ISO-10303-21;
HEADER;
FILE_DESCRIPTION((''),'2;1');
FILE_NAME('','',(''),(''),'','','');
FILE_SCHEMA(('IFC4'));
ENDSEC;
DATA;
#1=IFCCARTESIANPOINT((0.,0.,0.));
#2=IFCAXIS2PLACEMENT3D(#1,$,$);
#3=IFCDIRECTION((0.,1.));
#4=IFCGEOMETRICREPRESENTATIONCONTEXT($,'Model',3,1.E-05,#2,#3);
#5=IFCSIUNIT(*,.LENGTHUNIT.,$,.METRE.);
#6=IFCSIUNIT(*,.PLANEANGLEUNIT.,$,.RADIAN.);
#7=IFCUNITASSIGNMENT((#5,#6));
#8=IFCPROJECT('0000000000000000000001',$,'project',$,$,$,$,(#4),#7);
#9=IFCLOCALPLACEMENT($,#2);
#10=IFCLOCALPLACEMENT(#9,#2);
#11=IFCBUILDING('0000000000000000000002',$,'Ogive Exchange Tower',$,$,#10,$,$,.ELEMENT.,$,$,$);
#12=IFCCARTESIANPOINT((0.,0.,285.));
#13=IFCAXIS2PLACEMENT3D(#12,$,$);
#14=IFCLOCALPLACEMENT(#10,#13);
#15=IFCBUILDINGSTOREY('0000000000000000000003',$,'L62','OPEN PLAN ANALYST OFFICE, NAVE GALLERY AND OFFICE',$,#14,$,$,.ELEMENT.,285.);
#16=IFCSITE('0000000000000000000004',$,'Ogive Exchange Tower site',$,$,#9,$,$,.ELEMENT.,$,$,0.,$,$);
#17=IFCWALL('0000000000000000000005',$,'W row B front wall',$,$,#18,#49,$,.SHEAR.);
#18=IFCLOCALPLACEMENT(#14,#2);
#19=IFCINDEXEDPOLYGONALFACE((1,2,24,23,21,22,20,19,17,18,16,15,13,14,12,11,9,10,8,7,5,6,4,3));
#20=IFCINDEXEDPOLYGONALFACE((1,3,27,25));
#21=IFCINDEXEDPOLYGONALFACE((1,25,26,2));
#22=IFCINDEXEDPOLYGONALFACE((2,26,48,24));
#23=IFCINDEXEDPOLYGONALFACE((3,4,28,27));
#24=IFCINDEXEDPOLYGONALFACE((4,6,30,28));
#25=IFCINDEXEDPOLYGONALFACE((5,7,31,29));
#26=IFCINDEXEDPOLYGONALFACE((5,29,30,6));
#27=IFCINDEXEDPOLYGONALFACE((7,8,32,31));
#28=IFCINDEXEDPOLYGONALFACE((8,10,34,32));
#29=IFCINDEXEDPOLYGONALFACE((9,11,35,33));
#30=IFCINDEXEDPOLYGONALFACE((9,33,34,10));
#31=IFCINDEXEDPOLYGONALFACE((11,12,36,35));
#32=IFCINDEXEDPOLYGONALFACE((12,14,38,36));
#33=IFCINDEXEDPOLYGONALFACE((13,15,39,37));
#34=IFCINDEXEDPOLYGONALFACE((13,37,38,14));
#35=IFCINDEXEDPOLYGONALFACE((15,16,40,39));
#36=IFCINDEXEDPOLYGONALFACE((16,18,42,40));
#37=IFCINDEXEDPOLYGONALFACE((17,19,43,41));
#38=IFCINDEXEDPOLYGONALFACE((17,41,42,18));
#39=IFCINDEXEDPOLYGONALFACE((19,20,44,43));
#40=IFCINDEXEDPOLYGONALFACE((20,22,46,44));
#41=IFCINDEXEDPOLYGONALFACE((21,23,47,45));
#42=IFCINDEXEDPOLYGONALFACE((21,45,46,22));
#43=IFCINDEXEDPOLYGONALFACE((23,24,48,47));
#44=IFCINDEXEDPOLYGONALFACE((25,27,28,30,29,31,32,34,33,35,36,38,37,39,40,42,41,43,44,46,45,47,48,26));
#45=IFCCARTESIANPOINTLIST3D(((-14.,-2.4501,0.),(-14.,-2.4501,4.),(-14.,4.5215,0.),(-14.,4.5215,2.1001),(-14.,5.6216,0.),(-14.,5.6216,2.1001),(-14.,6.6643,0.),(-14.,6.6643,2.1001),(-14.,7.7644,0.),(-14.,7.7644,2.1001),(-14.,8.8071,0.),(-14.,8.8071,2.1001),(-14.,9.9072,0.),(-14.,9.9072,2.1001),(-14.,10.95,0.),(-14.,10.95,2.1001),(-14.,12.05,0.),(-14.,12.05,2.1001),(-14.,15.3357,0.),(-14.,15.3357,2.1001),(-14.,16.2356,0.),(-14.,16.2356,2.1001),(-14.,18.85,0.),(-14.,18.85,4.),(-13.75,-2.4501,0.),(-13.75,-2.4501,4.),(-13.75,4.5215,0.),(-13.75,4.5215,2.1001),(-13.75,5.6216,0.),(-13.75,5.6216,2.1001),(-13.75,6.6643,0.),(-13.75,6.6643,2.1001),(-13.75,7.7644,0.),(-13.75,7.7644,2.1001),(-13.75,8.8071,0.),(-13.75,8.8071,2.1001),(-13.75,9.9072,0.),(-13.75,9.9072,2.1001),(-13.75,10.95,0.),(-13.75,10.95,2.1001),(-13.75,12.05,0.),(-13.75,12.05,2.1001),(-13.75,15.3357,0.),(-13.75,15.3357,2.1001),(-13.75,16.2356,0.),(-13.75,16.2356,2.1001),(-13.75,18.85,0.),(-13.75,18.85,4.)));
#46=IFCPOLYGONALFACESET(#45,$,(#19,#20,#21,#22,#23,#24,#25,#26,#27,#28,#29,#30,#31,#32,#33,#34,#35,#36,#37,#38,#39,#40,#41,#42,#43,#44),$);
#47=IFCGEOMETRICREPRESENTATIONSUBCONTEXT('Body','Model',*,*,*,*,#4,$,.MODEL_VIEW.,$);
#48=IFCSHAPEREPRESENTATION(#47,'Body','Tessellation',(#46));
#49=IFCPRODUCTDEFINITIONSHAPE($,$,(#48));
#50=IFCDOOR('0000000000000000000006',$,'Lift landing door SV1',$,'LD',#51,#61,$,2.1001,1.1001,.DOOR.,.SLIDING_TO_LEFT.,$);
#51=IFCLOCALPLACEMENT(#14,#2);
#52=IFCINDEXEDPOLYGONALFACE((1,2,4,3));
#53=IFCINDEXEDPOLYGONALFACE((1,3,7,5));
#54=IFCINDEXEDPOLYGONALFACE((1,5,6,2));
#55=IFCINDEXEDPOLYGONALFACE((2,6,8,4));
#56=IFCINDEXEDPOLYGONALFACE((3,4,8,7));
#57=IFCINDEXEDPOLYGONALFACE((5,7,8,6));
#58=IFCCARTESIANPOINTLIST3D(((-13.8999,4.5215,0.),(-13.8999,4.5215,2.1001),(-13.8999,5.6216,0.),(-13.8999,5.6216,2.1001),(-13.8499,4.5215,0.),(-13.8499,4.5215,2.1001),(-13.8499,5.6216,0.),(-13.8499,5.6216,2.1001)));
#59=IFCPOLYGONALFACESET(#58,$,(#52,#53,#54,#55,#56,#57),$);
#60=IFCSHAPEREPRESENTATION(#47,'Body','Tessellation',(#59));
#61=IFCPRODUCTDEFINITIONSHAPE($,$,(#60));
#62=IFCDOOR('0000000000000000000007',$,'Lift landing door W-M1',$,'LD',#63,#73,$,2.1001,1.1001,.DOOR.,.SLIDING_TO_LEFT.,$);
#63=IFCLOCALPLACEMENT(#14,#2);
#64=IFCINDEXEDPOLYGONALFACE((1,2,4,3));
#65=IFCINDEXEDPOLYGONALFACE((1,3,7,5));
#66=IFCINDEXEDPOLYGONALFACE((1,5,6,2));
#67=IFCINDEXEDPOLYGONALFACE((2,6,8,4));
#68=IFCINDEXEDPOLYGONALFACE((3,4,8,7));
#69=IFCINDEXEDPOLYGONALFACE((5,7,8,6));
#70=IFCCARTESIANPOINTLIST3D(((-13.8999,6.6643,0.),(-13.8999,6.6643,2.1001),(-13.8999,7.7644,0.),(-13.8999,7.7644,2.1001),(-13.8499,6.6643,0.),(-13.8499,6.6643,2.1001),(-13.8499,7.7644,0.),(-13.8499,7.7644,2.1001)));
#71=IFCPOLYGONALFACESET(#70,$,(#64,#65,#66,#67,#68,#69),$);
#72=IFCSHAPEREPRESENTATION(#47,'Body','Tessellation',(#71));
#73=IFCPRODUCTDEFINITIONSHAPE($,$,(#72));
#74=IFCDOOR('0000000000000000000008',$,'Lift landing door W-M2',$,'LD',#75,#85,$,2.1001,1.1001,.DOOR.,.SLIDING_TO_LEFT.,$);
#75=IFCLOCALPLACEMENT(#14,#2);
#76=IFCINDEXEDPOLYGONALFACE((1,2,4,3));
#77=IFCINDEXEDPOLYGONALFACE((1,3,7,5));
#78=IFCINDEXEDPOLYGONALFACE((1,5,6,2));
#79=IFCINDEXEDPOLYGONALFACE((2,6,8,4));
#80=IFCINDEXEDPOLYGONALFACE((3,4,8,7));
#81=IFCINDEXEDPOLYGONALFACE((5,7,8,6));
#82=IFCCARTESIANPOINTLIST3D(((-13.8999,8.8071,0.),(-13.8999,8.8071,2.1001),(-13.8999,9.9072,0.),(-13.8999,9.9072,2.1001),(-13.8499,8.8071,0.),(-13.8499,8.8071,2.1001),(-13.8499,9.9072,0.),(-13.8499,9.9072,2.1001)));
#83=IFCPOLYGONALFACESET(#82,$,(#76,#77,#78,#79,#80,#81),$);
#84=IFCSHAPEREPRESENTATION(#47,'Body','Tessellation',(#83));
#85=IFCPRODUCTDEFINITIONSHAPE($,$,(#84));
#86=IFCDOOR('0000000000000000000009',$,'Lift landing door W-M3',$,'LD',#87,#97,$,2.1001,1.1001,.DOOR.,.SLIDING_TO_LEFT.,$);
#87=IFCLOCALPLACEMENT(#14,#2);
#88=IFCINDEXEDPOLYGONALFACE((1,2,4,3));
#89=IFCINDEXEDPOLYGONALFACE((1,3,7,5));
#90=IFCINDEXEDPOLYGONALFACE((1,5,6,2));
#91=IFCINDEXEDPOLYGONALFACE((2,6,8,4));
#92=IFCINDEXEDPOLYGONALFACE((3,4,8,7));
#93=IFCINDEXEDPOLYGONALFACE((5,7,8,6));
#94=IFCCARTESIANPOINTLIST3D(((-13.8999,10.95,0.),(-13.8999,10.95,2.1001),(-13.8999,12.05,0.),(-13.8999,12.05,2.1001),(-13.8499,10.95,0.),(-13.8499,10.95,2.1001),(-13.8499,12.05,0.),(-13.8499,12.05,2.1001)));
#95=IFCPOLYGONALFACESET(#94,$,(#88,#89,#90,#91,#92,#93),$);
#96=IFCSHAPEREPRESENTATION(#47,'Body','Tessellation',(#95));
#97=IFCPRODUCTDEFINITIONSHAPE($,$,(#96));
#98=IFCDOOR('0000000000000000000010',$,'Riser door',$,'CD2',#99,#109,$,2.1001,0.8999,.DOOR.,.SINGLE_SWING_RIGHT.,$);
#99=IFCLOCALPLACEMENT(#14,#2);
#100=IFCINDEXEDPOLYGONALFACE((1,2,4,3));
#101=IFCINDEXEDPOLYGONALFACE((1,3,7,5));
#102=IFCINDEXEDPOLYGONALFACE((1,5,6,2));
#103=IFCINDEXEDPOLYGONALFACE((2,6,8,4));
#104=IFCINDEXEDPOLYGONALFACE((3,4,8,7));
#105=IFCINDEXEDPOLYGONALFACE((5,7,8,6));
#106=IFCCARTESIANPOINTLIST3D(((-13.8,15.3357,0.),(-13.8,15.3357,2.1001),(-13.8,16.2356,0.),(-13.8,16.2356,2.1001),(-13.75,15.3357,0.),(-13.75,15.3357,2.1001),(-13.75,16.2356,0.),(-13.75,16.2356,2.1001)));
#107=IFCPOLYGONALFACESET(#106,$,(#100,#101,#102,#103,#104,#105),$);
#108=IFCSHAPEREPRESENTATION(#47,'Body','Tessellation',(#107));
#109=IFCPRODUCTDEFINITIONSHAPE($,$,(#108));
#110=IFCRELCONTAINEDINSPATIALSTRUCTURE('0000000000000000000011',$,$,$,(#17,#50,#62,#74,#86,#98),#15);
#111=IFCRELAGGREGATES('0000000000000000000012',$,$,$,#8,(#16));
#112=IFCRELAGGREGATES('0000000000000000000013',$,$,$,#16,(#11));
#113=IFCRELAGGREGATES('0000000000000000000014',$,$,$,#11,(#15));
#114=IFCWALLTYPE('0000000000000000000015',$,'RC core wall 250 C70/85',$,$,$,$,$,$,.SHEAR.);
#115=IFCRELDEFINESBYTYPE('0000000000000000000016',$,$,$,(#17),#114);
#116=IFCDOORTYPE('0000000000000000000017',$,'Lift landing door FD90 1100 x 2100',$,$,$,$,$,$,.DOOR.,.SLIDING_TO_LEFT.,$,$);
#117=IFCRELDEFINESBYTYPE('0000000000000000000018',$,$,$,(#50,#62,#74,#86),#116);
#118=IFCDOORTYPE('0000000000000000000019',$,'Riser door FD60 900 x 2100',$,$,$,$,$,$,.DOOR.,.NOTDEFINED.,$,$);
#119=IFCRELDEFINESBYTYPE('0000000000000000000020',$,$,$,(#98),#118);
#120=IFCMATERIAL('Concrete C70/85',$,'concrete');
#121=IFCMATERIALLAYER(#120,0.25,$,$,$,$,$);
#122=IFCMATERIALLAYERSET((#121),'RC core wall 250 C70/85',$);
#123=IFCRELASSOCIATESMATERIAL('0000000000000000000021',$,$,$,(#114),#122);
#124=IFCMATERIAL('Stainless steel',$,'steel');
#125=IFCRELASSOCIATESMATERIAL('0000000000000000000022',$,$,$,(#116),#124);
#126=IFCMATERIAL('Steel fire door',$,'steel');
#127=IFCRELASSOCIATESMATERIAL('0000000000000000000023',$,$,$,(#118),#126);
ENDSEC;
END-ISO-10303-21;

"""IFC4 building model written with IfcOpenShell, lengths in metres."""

from ifc_helpers import new_model, si_unit, direction, frame, frame_2d, origin, place, context, subcontext, project, spatial, rectangle, extrude, material, layer, layer_set, type_object, element, fill, save


model = new_model("IFC4")

# Units and contexts
model_context = context("Model", 3, precision=1e-05, world=origin(), true_north=direction((0.0, 1.0)))
body_context = subcontext(model_context, "Body", "Model", "MODEL_VIEW")
ifc_project = project(units=[si_unit("LENGTHUNIT", "METRE"), si_unit("PLANEANGLEUNIT", "RADIAN")], contexts=[model_context])

# Site, building, storey
site_placement = place(None, origin())
site = spatial("IfcSite", under=ifc_project, at=site_placement, Name="Ogive Exchange Tower site", CompositionType="ELEMENT", RefElevation=0.0)
building_placement = place(site_placement, origin())
building = spatial("IfcBuilding", under=site, at=building_placement, Name="Ogive Exchange Tower", CompositionType="ELEMENT")
storey_placement = place(building_placement, frame((0.0, 0.0, 285.0)))
storey = spatial("IfcBuildingStorey", under=building, at=storey_placement, Name="L62", Description="OPEN PLAN ANALYST OFFICE, NAVE GALLERY AND OFFICE", CompositionType="ELEMENT", Elevation=285.0)

# Shared definitions
ifc_material_1 = material(Name="Concrete C70/85", Category="concrete")
ifc_layer_1 = layer(ifc_material_1, 0.25)
ifc_layer_set_1 = layer_set([ifc_layer_1], Name="RC core wall 250 C70/85")
wall_type_1 = type_object("IfcWallType", Name="RC core wall 250 C70/85", PredefinedType="SHEAR", material=ifc_layer_set_1)
ifc_material_2 = material(Name="Steel fire door", Category="steel")

# Wall, openings, doors
wall_1_placement = place(storey_placement, frame((-13.875, -2.45, 0.0), z_axis=(0.0, 0.0, 1.0), x_axis=(0.0, 1.0, 0.0)))
wall_1 = element("IfcWall", 1, at=wall_1_placement, inside=storey, type_object=wall_type_1, Name="W row B front wall", PredefinedType="SHEAR", context=body_context, shape_type="SweptSolid", body=[
    extrude(rectangle(XDim=21.3, YDim=0.25, at=frame_2d((10.6499, 0.0))), origin(), (0.0, 0.0, 1.0), 4.0),
])
opening_1_placement = place(wall_1_placement, frame((17.7856, 0.0, 0.0)))
opening_1 = element("IfcOpeningElement", 2, at=opening_1_placement, cuts=wall_1, PredefinedType="OPENING", context=body_context, shape_type="SweptSolid", body=[
    extrude(rectangle(XDim=0.8999, YDim=2.1001, at=frame_2d((0.45, 1.05))), frame((0.0, 0.135, 0.0), z_axis=(0.0, -1.0, 0.0), x_axis=(1.0, 0.0, 0.0)), (0.0, 0.0, 1.0), 0.27),
])
opening_2_placement = place(wall_1_placement, frame((6.9714, 0.0, 0.0)))
opening_2 = element("IfcOpeningElement", 3, at=opening_2_placement, cuts=wall_1, PredefinedType="OPENING", context=body_context, shape_type="SweptSolid", body=[
    extrude(rectangle(XDim=1.1001, YDim=2.1001, at=frame_2d((0.55, 1.05))), frame((0.0, 0.135, 0.0), z_axis=(0.0, -1.0, 0.0), x_axis=(1.0, 0.0, 0.0)), (0.0, 0.0, 1.0), 0.27),
])
opening_3_placement = place(wall_1_placement, frame((9.1143, 0.0, 0.0)))
opening_3 = element("IfcOpeningElement", 4, at=opening_3_placement, cuts=wall_1, PredefinedType="OPENING", context=body_context, shape_type="SweptSolid", body=[
    extrude(rectangle(XDim=1.1001, YDim=2.1001, at=frame_2d((0.55, 1.05))), frame((0.0, 0.135, 0.0), z_axis=(0.0, -1.0, 0.0), x_axis=(1.0, 0.0, 0.0)), (0.0, 0.0, 1.0), 0.27),
])
opening_4_placement = place(wall_1_placement, frame((11.2571, 0.0, 0.0)))
opening_4 = element("IfcOpeningElement", 5, at=opening_4_placement, cuts=wall_1, PredefinedType="OPENING", context=body_context, shape_type="SweptSolid", body=[
    extrude(rectangle(XDim=1.1001, YDim=2.1001, at=frame_2d((0.55, 1.05))), frame((0.0, 0.135, 0.0), z_axis=(0.0, -1.0, 0.0), x_axis=(1.0, 0.0, 0.0)), (0.0, 0.0, 1.0), 0.27),
])
opening_5_placement = place(wall_1_placement, frame((13.3999, 0.0, 0.0)))
opening_5 = element("IfcOpeningElement", 6, at=opening_5_placement, cuts=wall_1, PredefinedType="OPENING", context=body_context, shape_type="SweptSolid", body=[
    extrude(rectangle(XDim=1.1001, YDim=2.1001, at=frame_2d((0.55, 1.05))), frame((0.0, 0.135, 0.0), z_axis=(0.0, -1.0, 0.0), x_axis=(1.0, 0.0, 0.0)), (0.0, 0.0, 1.0), 0.27),
])
ifc_material_3 = material(Name="Stainless steel", Category="steel")
door_type_1 = type_object("IfcDoorType", Name="Lift landing door FD90 1100 x 2100", OperationType="SLIDING_TO_LEFT", PredefinedType="DOOR", material=ifc_material_3)
door_1_placement = place(opening_2_placement, origin())
door_1 = element("IfcDoor", 7, at=door_1_placement, inside=storey, type_object=door_type_1, Name="Lift landing door SV1", ObjectType="LD", OperationType="SLIDING_TO_LEFT", OverallHeight=2.1001, OverallWidth=1.1001, PredefinedType="DOOR", context=body_context, shape_type="SweptSolid", body=[
    extrude(rectangle(XDim=1.1001, YDim=2.1001, at=frame_2d((0.55, 1.05))), frame((0.0, 0.0249, 0.0), z_axis=(0.0, -1.0, 0.0), x_axis=(1.0, 0.0, 0.0)), (0.0, 0.0, 1.0), 0.05),
])
fill(opening_2, door_1)
door_2_placement = place(opening_3_placement, origin())
door_2 = element("IfcDoor", 8, at=door_2_placement, inside=storey, type_object=door_type_1, Name="Lift landing door W-M1", ObjectType="LD", OperationType="SLIDING_TO_LEFT", OverallHeight=2.1001, OverallWidth=1.1001, PredefinedType="DOOR", context=body_context, shape_type="SweptSolid", body=[
    extrude(rectangle(XDim=1.1001, YDim=2.1001, at=frame_2d((0.55, 1.05))), frame((0.0, 0.0249, 0.0), z_axis=(0.0, -1.0, 0.0), x_axis=(1.0, 0.0, 0.0)), (0.0, 0.0, 1.0), 0.05),
])
fill(opening_3, door_2)
door_3_placement = place(opening_4_placement, origin())
door_3 = element("IfcDoor", 9, at=door_3_placement, inside=storey, type_object=door_type_1, Name="Lift landing door W-M2", ObjectType="LD", OperationType="SLIDING_TO_LEFT", OverallHeight=2.1001, OverallWidth=1.1001, PredefinedType="DOOR", context=body_context, shape_type="SweptSolid", body=[
    extrude(rectangle(XDim=1.1001, YDim=2.1001, at=frame_2d((0.55, 1.05))), frame((0.0, 0.0249, 0.0), z_axis=(0.0, -1.0, 0.0), x_axis=(1.0, 0.0, 0.0)), (0.0, 0.0, 1.0), 0.05),
])
fill(opening_4, door_3)
door_4_placement = place(opening_5_placement, origin())
door_4 = element("IfcDoor", 10, at=door_4_placement, inside=storey, type_object=door_type_1, Name="Lift landing door W-M3", ObjectType="LD", OperationType="SLIDING_TO_LEFT", OverallHeight=2.1001, OverallWidth=1.1001, PredefinedType="DOOR", context=body_context, shape_type="SweptSolid", body=[
    extrude(rectangle(XDim=1.1001, YDim=2.1001, at=frame_2d((0.55, 1.05))), frame((0.0, 0.0249, 0.0), z_axis=(0.0, -1.0, 0.0), x_axis=(1.0, 0.0, 0.0)), (0.0, 0.0, 1.0), 0.05),
])
fill(opening_5, door_4)
door_type_2 = type_object("IfcDoorType", Name="Riser door FD60 900 x 2100", OperationType="NOTDEFINED", PredefinedType="DOOR", material=ifc_material_2)
door_5_placement = place(opening_1_placement, frame((0.8999, -0.2002, 0.0), z_axis=(0.0, 0.0, 1.0), x_axis=(-1.0, 0.0, 0.0)))
door_5 = element("IfcDoor", 11, at=door_5_placement, inside=storey, type_object=door_type_2, Name="Riser door", ObjectType="CD2", OperationType="SINGLE_SWING_RIGHT", OverallHeight=2.1001, OverallWidth=0.8999, PredefinedType="DOOR", context=body_context, shape_type="SweptSolid", body=[
    extrude(rectangle(XDim=0.8999, YDim=2.1001, at=frame_2d((0.45, 1.05))), frame((0.0, -0.0752, 0.0), z_axis=(0.0, -1.0, 0.0), x_axis=(1.0, 0.0, 0.0)), (0.0, 0.0, 1.0), 0.05),
])
fill(opening_1, door_5)

save(model, "model.ifc")
